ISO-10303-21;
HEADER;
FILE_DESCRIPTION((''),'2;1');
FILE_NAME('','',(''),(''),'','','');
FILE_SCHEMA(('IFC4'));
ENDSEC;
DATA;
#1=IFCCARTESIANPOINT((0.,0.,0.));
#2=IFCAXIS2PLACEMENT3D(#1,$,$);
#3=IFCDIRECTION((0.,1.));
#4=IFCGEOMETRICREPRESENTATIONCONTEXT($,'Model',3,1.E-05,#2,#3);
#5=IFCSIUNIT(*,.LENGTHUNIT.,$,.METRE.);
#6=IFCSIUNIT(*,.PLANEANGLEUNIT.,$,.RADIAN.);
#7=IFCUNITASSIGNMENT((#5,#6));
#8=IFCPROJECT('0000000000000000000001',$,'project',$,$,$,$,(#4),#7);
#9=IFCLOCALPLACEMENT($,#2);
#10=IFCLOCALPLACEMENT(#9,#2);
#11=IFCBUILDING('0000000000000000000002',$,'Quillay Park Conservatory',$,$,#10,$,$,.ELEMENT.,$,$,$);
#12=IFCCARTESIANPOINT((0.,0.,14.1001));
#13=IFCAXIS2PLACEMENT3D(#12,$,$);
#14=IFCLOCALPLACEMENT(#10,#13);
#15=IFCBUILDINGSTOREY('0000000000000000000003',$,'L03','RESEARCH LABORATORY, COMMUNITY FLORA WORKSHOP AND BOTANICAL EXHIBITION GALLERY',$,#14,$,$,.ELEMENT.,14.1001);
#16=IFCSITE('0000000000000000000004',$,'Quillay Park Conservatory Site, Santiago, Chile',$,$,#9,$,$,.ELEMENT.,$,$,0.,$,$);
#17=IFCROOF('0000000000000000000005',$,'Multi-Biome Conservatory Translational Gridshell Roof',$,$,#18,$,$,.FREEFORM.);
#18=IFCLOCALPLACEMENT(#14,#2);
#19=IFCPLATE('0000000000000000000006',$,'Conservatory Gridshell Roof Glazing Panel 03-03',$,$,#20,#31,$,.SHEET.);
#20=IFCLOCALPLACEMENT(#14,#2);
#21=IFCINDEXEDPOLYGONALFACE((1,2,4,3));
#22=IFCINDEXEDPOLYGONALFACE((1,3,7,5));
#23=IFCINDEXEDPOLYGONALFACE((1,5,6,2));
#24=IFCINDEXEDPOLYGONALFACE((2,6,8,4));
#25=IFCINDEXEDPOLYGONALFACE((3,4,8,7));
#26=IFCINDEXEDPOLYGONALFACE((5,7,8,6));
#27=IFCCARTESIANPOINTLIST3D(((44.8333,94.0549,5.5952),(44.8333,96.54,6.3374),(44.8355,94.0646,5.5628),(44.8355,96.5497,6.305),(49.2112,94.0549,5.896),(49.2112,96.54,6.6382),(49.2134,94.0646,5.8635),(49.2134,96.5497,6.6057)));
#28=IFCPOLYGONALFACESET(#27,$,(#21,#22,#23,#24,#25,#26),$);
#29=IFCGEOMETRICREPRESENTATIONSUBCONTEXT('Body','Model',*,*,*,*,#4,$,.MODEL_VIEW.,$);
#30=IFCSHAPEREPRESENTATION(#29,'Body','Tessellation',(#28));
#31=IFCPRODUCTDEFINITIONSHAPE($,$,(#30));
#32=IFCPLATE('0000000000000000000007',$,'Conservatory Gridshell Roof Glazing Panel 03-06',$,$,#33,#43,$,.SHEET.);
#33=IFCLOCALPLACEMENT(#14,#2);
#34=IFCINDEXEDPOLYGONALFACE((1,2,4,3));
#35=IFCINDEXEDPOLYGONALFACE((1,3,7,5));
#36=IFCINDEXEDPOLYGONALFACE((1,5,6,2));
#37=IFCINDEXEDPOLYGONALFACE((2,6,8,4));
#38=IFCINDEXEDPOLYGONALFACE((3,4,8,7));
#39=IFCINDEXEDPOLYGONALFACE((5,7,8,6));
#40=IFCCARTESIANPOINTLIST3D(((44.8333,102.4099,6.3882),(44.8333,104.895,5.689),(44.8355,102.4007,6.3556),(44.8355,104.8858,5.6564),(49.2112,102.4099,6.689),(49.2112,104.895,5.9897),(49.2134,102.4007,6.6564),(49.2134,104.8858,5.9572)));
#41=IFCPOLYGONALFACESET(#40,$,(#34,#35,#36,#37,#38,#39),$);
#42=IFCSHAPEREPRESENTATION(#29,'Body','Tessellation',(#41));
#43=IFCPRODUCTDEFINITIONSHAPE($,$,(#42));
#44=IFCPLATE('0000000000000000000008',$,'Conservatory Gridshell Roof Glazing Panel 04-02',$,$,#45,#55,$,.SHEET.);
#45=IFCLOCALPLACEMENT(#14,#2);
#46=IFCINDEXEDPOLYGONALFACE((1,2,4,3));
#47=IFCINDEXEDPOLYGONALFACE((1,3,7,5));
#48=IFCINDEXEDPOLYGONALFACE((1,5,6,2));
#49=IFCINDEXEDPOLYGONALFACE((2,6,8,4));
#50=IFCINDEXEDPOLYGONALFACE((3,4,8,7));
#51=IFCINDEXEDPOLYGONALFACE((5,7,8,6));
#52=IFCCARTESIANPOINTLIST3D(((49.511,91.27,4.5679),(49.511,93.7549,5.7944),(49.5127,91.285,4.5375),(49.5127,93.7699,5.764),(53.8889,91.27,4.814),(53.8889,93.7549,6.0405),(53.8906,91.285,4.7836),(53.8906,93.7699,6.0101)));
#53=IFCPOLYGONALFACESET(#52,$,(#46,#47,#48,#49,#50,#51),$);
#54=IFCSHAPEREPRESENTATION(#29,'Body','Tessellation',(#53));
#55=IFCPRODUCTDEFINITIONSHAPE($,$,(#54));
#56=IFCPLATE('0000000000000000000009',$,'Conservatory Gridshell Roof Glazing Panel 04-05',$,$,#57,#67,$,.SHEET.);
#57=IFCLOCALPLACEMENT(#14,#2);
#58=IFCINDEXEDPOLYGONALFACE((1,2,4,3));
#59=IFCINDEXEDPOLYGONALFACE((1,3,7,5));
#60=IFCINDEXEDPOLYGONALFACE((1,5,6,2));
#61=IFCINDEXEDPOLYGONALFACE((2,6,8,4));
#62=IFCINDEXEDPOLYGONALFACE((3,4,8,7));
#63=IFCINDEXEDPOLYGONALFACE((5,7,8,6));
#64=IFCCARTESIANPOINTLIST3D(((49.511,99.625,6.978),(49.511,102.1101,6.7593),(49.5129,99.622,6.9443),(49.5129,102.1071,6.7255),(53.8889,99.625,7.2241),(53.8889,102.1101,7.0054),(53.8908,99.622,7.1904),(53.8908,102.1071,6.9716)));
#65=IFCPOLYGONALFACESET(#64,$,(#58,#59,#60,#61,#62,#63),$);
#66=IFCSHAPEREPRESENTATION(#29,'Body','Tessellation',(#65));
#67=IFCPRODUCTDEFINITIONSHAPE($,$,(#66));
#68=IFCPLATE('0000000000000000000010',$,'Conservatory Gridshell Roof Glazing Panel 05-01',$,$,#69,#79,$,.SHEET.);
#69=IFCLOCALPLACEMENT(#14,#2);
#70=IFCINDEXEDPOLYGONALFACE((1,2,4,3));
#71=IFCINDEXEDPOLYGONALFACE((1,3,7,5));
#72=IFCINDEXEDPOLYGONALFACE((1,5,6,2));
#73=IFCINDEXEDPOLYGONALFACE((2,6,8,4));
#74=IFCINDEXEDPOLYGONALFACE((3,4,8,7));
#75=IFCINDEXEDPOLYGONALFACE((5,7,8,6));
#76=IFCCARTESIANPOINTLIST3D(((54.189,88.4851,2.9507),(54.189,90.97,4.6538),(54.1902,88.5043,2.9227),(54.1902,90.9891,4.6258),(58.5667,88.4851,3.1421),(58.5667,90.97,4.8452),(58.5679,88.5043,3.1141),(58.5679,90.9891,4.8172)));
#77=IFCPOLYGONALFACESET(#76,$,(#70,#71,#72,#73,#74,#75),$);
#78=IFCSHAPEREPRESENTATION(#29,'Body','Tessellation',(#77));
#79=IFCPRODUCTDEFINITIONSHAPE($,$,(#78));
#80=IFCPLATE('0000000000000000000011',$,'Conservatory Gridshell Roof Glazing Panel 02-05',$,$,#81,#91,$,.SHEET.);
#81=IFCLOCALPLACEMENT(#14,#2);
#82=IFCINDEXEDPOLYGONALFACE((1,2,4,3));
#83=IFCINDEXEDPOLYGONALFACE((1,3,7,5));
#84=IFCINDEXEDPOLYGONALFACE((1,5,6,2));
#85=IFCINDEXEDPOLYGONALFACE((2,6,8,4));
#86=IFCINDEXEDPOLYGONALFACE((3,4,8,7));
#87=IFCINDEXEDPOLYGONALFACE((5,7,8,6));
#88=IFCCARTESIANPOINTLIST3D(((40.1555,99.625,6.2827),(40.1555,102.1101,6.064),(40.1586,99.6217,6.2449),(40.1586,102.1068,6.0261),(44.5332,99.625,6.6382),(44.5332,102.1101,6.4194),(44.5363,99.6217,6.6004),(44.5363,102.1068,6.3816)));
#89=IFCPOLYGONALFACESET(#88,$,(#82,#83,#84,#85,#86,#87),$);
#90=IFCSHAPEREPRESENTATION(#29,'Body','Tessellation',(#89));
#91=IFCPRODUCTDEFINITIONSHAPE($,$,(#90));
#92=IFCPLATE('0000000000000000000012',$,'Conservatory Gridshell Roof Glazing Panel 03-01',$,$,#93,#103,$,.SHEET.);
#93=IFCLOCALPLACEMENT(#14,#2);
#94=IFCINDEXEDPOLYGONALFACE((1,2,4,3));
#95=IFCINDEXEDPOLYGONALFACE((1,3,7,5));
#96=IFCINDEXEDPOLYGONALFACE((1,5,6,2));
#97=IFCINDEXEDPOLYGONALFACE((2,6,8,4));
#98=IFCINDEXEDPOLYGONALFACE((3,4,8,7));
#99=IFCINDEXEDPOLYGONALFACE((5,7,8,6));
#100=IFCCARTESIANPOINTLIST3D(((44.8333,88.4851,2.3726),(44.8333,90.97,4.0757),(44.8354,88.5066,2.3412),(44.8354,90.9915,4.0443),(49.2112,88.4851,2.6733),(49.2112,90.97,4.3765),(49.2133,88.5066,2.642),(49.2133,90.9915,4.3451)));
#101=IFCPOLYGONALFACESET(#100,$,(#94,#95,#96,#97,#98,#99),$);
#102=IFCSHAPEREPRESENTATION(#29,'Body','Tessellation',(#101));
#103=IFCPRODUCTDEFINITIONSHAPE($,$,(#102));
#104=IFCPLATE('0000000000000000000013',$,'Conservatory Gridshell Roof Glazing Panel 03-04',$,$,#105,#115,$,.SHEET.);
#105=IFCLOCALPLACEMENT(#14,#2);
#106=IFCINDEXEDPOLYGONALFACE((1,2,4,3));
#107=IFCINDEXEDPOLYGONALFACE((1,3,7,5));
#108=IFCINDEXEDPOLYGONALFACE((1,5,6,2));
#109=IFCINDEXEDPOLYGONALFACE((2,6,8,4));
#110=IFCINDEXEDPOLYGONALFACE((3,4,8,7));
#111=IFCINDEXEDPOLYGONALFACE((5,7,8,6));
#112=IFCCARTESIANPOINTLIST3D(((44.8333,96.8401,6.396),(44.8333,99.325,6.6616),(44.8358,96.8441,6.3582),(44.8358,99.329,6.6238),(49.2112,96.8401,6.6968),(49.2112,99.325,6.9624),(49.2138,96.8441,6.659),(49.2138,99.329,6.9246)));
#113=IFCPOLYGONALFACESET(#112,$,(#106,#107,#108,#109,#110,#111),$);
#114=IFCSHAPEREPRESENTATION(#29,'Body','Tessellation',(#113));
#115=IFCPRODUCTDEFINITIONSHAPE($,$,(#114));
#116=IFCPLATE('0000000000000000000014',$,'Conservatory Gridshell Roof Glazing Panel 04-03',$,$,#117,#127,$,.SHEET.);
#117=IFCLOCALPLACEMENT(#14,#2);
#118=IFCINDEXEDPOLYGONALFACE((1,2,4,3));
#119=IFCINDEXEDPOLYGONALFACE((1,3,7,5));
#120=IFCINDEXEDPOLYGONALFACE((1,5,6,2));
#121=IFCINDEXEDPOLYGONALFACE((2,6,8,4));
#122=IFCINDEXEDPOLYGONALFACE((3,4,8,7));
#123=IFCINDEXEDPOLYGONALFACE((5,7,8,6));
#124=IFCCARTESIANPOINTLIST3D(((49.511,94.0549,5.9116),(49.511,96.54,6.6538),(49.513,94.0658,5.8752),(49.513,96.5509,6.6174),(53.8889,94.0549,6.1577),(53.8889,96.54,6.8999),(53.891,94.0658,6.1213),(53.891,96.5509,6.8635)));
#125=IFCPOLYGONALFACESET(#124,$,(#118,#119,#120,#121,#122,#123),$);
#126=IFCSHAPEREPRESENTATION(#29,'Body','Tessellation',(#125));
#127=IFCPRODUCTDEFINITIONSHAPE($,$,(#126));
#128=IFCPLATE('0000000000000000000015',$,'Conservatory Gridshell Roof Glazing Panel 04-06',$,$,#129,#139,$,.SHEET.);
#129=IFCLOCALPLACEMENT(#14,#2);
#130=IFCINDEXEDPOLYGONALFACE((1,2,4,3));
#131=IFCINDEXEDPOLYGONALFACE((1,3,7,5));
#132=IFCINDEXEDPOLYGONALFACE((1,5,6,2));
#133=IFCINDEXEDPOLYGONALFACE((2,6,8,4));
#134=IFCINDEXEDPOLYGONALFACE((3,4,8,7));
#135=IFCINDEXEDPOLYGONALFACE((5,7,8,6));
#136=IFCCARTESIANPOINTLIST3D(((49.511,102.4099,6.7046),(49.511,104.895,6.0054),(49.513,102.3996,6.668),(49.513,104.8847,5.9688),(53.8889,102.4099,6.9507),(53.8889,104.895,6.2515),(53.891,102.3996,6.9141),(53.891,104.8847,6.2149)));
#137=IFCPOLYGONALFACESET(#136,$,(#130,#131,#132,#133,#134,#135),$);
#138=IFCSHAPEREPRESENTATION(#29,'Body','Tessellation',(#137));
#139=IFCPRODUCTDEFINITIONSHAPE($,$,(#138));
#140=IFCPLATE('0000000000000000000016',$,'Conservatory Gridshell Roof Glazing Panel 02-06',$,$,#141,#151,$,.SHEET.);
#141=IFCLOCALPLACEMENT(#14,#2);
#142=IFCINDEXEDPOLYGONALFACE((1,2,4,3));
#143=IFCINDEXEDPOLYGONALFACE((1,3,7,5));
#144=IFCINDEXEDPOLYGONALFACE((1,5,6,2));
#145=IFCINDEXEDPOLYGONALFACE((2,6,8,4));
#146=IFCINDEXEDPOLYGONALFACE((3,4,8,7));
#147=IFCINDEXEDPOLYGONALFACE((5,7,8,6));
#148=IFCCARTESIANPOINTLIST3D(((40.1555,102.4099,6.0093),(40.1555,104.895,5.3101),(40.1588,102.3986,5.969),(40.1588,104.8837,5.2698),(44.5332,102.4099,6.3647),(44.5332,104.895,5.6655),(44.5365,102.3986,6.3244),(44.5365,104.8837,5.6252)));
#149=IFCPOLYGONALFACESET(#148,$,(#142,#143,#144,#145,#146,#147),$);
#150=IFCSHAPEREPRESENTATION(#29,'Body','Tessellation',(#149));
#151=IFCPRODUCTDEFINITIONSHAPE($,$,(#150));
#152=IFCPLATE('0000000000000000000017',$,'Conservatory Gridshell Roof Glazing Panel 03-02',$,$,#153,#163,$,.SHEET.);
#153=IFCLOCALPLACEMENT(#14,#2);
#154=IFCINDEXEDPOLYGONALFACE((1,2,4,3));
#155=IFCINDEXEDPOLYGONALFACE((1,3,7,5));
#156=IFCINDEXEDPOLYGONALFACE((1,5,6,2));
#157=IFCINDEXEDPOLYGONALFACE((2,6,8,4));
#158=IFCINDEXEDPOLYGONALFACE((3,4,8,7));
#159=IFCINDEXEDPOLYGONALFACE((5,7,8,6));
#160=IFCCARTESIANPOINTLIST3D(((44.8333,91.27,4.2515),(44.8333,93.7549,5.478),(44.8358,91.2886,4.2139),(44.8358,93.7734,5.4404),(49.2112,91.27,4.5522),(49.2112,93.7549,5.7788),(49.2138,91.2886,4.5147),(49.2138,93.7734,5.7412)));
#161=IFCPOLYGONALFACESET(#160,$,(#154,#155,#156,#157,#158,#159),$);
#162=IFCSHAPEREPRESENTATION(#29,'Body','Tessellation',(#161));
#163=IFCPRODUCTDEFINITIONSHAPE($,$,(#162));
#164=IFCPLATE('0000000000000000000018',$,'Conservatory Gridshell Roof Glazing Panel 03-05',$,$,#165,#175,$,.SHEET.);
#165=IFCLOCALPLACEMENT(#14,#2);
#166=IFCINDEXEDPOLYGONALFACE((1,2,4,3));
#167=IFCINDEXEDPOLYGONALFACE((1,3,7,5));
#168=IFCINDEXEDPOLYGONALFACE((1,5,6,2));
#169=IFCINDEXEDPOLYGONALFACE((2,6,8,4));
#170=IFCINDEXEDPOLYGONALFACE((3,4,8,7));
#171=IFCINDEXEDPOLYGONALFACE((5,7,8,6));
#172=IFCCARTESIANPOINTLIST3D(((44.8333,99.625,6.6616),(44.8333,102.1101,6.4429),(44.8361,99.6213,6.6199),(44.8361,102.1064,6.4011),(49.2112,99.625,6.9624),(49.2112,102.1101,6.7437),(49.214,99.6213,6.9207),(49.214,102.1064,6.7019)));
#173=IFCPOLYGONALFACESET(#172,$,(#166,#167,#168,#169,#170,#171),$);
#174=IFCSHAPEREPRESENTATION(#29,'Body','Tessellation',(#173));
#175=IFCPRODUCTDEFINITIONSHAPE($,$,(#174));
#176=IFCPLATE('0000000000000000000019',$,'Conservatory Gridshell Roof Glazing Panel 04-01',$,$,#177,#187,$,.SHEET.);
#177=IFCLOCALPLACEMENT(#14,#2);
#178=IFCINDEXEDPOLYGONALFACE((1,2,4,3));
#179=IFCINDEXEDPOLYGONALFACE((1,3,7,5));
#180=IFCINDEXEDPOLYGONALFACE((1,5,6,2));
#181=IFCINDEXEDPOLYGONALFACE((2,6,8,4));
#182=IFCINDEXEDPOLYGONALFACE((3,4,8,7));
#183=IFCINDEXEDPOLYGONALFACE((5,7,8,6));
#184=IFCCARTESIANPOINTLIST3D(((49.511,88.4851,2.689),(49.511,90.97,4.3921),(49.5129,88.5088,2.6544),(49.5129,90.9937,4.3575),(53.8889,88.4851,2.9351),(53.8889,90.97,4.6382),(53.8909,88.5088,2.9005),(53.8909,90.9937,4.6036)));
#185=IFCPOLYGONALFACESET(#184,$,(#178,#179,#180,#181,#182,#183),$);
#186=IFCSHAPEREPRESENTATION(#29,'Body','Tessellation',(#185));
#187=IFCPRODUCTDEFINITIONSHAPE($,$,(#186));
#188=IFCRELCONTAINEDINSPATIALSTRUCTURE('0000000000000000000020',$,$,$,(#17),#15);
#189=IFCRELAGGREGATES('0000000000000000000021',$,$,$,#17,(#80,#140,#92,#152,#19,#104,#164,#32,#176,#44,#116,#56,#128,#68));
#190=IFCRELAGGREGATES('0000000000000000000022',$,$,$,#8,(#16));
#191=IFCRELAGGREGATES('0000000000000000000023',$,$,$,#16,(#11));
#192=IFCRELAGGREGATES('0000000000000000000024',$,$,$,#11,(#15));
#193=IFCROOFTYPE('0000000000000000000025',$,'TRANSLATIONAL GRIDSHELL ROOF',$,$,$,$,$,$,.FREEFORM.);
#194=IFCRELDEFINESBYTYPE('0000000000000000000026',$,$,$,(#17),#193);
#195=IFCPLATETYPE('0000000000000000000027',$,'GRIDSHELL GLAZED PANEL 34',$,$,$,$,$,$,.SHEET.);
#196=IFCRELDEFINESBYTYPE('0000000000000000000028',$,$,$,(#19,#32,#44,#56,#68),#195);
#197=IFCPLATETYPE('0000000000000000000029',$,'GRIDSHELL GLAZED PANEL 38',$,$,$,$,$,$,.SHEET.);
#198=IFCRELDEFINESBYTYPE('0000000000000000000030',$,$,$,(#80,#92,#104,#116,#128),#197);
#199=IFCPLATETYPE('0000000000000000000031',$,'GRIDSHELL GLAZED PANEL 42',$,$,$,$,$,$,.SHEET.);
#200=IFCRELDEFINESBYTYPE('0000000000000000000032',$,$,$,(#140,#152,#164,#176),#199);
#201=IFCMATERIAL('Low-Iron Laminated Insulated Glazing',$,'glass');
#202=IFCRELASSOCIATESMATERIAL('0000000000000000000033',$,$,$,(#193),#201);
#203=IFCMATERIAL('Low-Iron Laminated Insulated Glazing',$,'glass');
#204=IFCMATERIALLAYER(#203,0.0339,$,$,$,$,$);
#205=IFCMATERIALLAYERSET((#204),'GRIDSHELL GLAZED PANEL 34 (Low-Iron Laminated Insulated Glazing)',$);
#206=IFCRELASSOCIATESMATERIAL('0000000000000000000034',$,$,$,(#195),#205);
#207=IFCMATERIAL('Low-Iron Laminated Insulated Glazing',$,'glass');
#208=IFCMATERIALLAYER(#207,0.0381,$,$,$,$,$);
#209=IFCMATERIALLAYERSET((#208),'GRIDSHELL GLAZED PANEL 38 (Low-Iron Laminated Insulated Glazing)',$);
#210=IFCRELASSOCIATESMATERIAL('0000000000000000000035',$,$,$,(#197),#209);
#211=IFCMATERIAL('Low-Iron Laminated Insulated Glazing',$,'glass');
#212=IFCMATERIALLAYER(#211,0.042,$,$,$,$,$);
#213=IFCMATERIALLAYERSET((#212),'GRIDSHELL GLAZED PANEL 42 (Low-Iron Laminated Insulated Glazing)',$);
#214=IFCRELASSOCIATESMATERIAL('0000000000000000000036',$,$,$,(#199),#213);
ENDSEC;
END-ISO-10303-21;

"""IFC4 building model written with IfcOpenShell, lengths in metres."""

from ifc_helpers import new_model, si_unit, direction, frame, origin, place, context, subcontext, project, spatial, polyline, outline, extrude, material, layer, layer_set, type_object, element, aggregate, save


model = new_model("IFC4")

# Units and contexts
model_context = context("Model", 3, precision=1e-05, world=origin(), true_north=direction((0.0, 1.0)))
body_context = subcontext(model_context, "Body", "Model", "MODEL_VIEW")
ifc_project = project(units=[si_unit("LENGTHUNIT", "METRE"), si_unit("PLANEANGLEUNIT", "RADIAN")], contexts=[model_context])

# Site, building, storey
site_placement = place(None, origin())
site = spatial("IfcSite", under=ifc_project, at=site_placement, Name="Quillay Park Conservatory Site, Santiago, Chile", CompositionType="ELEMENT", RefElevation=0.0)
building_placement = place(site_placement, origin())
building = spatial("IfcBuilding", under=site, at=building_placement, Name="Quillay Park Conservatory", CompositionType="ELEMENT")
storey_placement = place(building_placement, frame((0.0, 0.0, 14.1001)))
storey = spatial("IfcBuildingStorey", under=building, at=storey_placement, Name="L03", Description="RESEARCH LABORATORY, COMMUNITY FLORA WORKSHOP AND BOTANICAL EXHIBITION GALLERY", CompositionType="ELEMENT", Elevation=14.1001)

# Roof, plates
ifc_material_1 = material(Name="Low-Iron Laminated Insulated Glazing", Category="glass")
roof_type = type_object("IfcRoofType", Name="TRANSLATIONAL GRIDSHELL ROOF", PredefinedType="FREEFORM", material=ifc_material_1)
roof_placement = place(storey_placement, origin())
roof = element("IfcRoof", 1, at=roof_placement, inside=storey, type_object=roof_type, Name="Multi-Biome Conservatory Translational Gridshell Roof", PredefinedType="FREEFORM")
ifc_material_2 = material(Name="Low-Iron Laminated Insulated Glazing", Category="glass")
ifc_layer_1 = layer(ifc_material_2, 0.0339)
ifc_layer_set_1 = layer_set([ifc_layer_1], Name="GRIDSHELL GLAZED PANEL 34 (Low-Iron Laminated Insulated Glazing)")
plate_type_1 = type_object("IfcPlateType", Name="GRIDSHELL GLAZED PANEL 34", PredefinedType="SHEET", material=ifc_layer_set_1)
plate_1_placement = place(storey_placement, frame((44.8333, 94.0549, 5.5952), z_axis=(-0.065689, -0.285546, 0.956111), x_axis=(0.997648, 0.0, 0.068542)))
plate_1 = element("IfcPlate", 2, at=plate_1_placement, type_object=plate_type_1, Name="Conservatory Gridshell Roof Glazing Panel 03-03", PredefinedType="SHEET", context=body_context, shape_type="SweptSolid", body=[
    extrude(outline(polyline([(0.0, 0.0), (4.3882, 0.0), (4.4391, 2.5931), (0.0509, 2.5931), (0.0, 0.0)])), origin(), (0.0, 0.0, -1.0), 0.0339),
])
plate_2_placement = place(storey_placement, frame((44.8333, 102.4099, 6.3882), z_axis=(-0.065992, 0.270257, 0.960524), x_axis=(0.997648, 0.0, 0.068542)))
plate_2 = element("IfcPlate", 3, at=plate_2_placement, type_object=plate_type_1, Name="Conservatory Gridshell Roof Glazing Panel 03-06", PredefinedType="SHEET", context=body_context, shape_type="SweptSolid", body=[
    extrude(outline(polyline([(0.0, 0.0), (4.3882, 0.0), (4.3403, 2.5812), (-0.0479, 2.5812), (0.0, 0.0)])), origin(), (0.0, 0.0, -1.0), 0.0339),
])
plate_3_placement = place(storey_placement, frame((49.511, 91.27, 4.5679), z_axis=(-0.050342, -0.442065, 0.895569), x_axis=(0.998424, 0.0, 0.056124)))
plate_3 = element("IfcPlate", 4, at=plate_3_placement, type_object=plate_type_1, Name="Conservatory Gridshell Roof Glazing Panel 04-02", PredefinedType="SHEET", context=body_context, shape_type="SweptSolid", body=[
    extrude(outline(polyline([(0.0, 0.0), (4.3848, 0.0), (4.4537, 2.7702), (0.0688, 2.7702), (0.0, 0.0)])), origin(), (0.0, 0.0, -1.0), 0.0339),
])
plate_4_placement = place(storey_placement, frame((49.511, 99.625, 6.978), z_axis=(-0.055908, 0.087548, 0.99459), x_axis=(0.998424, 0.0, 0.056124)))
plate_4 = element("IfcPlate", 5, at=plate_4_placement, type_object=plate_type_1, Name="Conservatory Gridshell Roof Glazing Panel 04-05", PredefinedType="SHEET", context=body_context, shape_type="SweptSolid", body=[
    extrude(outline(polyline([(0.0, 0.0), (4.3848, 0.0), (4.3726, 2.4947), (-0.0123, 2.4947), (0.0, 0.0)])), origin(), (0.0, 0.0, -1.0), 0.0339),
])
plate_5_placement = place(storey_placement, frame((54.189, 88.4851, 2.9507), z_axis=(-0.036042, -0.564985, 0.824314), x_axis=(0.999046, 0.0, 0.043681)))
plate_5 = element("IfcPlate", 6, at=plate_5_placement, type_object=plate_type_1, Name="Conservatory Gridshell Roof Glazing Panel 05-01", PredefinedType="SHEET", context=body_context, shape_type="SweptSolid", body=[
    extrude(outline(polyline([(0.0, 0.0), (4.3819, 0.0), (4.4563, 3.0116), (0.0744, 3.0116), (0.0, 0.0)])), origin(), (0.0, 0.0, -1.0), 0.0339),
])
ifc_material_3 = material(Name="Low-Iron Laminated Insulated Glazing", Category="glass")
ifc_layer_2 = layer(ifc_material_3, 0.0381)
ifc_layer_set_2 = layer_set([ifc_layer_2], Name="GRIDSHELL GLAZED PANEL 38 (Low-Iron Laminated Insulated Glazing)")
plate_type_2 = type_object("IfcPlateType", Name="GRIDSHELL GLAZED PANEL 38", PredefinedType="SHEET", material=ifc_layer_set_2)
plate_6_placement = place(storey_placement, frame((40.1555, 99.625, 6.2827), z_axis=(-0.080624, 0.0874, 0.992905), x_axis=(0.996719, 0.0, 0.080934)))
plate_6 = element("IfcPlate", 7, at=plate_6_placement, type_object=plate_type_2, Name="Conservatory Gridshell Roof Glazing Panel 02-05", PredefinedType="SHEET", context=body_context, shape_type="SweptSolid", body=[
    extrude(outline(polyline([(0.0, 0.0), (4.3921, 0.0), (4.3744, 2.4947), (-0.0177, 2.4947), (0.0, 0.0)])), origin(), (0.0, 0.0, -1.0), 0.0381),
])
plate_7_placement = place(storey_placement, frame((44.8333, 88.4851, 2.3726), z_axis=(-0.05658, -0.564446, 0.823528), x_axis=(0.997648, 0.0, 0.068542)))
plate_7 = element("IfcPlate", 8, at=plate_7_placement, type_object=plate_type_2, Name="Conservatory Gridshell Roof Glazing Panel 03-01", PredefinedType="SHEET", context=body_context, shape_type="SweptSolid", body=[
    extrude(outline(polyline([(0.0, 0.0), (4.3882, 0.0), (4.505, 3.0102), (0.1167, 3.0102), (0.0, 0.0)])), origin(), (0.0, 0.0, -1.0), 0.0381),
])
plate_8_placement = place(storey_placement, frame((44.8333, 96.8401, 6.396), z_axis=(-0.068156, -0.106044, 0.992023), x_axis=(0.997648, 0.0, 0.068542)))
plate_8 = element("IfcPlate", 9, at=plate_8_placement, type_object=plate_type_2, Name="Conservatory Gridshell Roof Glazing Panel 03-04", PredefinedType="SHEET", context=body_context, shape_type="SweptSolid", body=[
    extrude(outline(polyline([(0.0, 0.0), (4.3882, 0.0), (4.4065, 2.499), (0.0182, 2.499), (0.0, 0.0)])), origin(), (0.0, 0.0, -1.0), 0.0381),
])
plate_9_placement = place(storey_placement, frame((49.511, 94.0549, 5.9116), z_axis=(-0.053784, -0.28575, 0.956794), x_axis=(0.998424, 0.0, 0.056124)))
plate_9 = element("IfcPlate", 10, at=plate_9_placement, type_object=plate_type_2, Name="Conservatory Gridshell Roof Glazing Panel 04-03", PredefinedType="SHEET", context=body_context, shape_type="SweptSolid", body=[
    extrude(outline(polyline([(0.0, 0.0), (4.3848, 0.0), (4.4265, 2.5932), (0.0417, 2.5932), (0.0, 0.0)])), origin(), (0.0, 0.0, -1.0), 0.0381),
])
plate_10_placement = place(storey_placement, frame((49.511, 102.4099, 6.7046), z_axis=(-0.054032, 0.270451, 0.961216), x_axis=(0.998424, 0.0, 0.056124)))
plate_10 = element("IfcPlate", 11, at=plate_10_placement, type_object=plate_type_2, Name="Conservatory Gridshell Roof Glazing Panel 04-06", PredefinedType="SHEET", context=body_context, shape_type="SweptSolid", body=[
    extrude(outline(polyline([(0.0, 0.0), (4.3848, 0.0), (4.3456, 2.5813), (-0.0392, 2.5813), (0.0, 0.0)])), origin(), (0.0, 0.0, -1.0), 0.0381),
])
ifc_material_4 = material(Name="Low-Iron Laminated Insulated Glazing", Category="glass")
ifc_layer_3 = layer(ifc_material_4, 0.042)
ifc_layer_set_3 = layer_set([ifc_layer_3], Name="GRIDSHELL GLAZED PANEL 42 (Low-Iron Laminated Insulated Glazing)")
plate_type_3 = type_object("IfcPlateType", Name="GRIDSHELL GLAZED PANEL 42", PredefinedType="SHEET", material=ifc_layer_set_3)
plate_11_placement = place(storey_placement, frame((40.1555, 102.4099, 6.0093), z_axis=(-0.077927, 0.270023, 0.959695), x_axis=(0.996719, 0.0, 0.080934)))
plate_11 = element("IfcPlate", 12, at=plate_11_placement, type_object=plate_type_3, Name="Conservatory Gridshell Roof Glazing Panel 02-06", PredefinedType="SHEET", context=body_context, shape_type="SweptSolid", body=[
    extrude(outline(polyline([(0.0, 0.0), (4.3921, 0.0), (4.3355, 2.581), (-0.0566, 2.581), (0.0, 0.0)])), origin(), (0.0, 0.0, -1.0), 0.042),
])
plate_12_placement = place(storey_placement, frame((44.8333, 91.27, 4.2515), z_axis=(-0.061491, -0.441789, 0.895009), x_axis=(0.997648, 0.0, 0.068542)))
plate_12 = element("IfcPlate", 13, at=plate_12_placement, type_object=plate_type_3, Name="Conservatory Gridshell Roof Glazing Panel 03-02", PredefinedType="SHEET", context=body_context, shape_type="SweptSolid", body=[
    extrude(outline(polyline([(0.0, 0.0), (4.3882, 0.0), (4.4723, 2.7698), (0.0841, 2.7698), (0.0, 0.0)])), origin(), (0.0, 0.0, -1.0), 0.042),
])
plate_13_placement = place(storey_placement, frame((44.8333, 99.625, 6.6616), z_axis=(-0.06828, 0.087481, 0.993823), x_axis=(0.997648, 0.0, 0.068542)))
plate_13 = element("IfcPlate", 14, at=plate_13_placement, type_object=plate_type_3, Name="Conservatory Gridshell Roof Glazing Panel 03-05", PredefinedType="SHEET", context=body_context, shape_type="SweptSolid", body=[
    extrude(outline(polyline([(0.0, 0.0), (4.3882, 0.0), (4.3733, 2.4947), (-0.015, 2.4947), (0.0, 0.0)])), origin(), (0.0, 0.0, -1.0), 0.042),
])
plate_14_placement = place(storey_placement, frame((49.511, 88.4851, 2.689), z_axis=(-0.046317, -0.564745, 0.823965), x_axis=(0.998424, 0.0, 0.056124)))
plate_14 = element("IfcPlate", 15, at=plate_14_placement, type_object=plate_type_3, Name="Conservatory Gridshell Roof Glazing Panel 04-01", PredefinedType="SHEET", context=body_context, shape_type="SweptSolid", body=[
    extrude(outline(polyline([(0.0, 0.0), (4.3848, 0.0), (4.4804, 3.011), (0.0956, 3.011), (0.0, 0.0)])), origin(), (0.0, 0.0, -1.0), 0.042),
])
aggregate(roof, [plate_6, plate_11, plate_7, plate_12, plate_1, plate_8, plate_13, plate_2, plate_14, plate_3, plate_9, plate_4, plate_10, plate_5])

save(model, "model.ifc")
